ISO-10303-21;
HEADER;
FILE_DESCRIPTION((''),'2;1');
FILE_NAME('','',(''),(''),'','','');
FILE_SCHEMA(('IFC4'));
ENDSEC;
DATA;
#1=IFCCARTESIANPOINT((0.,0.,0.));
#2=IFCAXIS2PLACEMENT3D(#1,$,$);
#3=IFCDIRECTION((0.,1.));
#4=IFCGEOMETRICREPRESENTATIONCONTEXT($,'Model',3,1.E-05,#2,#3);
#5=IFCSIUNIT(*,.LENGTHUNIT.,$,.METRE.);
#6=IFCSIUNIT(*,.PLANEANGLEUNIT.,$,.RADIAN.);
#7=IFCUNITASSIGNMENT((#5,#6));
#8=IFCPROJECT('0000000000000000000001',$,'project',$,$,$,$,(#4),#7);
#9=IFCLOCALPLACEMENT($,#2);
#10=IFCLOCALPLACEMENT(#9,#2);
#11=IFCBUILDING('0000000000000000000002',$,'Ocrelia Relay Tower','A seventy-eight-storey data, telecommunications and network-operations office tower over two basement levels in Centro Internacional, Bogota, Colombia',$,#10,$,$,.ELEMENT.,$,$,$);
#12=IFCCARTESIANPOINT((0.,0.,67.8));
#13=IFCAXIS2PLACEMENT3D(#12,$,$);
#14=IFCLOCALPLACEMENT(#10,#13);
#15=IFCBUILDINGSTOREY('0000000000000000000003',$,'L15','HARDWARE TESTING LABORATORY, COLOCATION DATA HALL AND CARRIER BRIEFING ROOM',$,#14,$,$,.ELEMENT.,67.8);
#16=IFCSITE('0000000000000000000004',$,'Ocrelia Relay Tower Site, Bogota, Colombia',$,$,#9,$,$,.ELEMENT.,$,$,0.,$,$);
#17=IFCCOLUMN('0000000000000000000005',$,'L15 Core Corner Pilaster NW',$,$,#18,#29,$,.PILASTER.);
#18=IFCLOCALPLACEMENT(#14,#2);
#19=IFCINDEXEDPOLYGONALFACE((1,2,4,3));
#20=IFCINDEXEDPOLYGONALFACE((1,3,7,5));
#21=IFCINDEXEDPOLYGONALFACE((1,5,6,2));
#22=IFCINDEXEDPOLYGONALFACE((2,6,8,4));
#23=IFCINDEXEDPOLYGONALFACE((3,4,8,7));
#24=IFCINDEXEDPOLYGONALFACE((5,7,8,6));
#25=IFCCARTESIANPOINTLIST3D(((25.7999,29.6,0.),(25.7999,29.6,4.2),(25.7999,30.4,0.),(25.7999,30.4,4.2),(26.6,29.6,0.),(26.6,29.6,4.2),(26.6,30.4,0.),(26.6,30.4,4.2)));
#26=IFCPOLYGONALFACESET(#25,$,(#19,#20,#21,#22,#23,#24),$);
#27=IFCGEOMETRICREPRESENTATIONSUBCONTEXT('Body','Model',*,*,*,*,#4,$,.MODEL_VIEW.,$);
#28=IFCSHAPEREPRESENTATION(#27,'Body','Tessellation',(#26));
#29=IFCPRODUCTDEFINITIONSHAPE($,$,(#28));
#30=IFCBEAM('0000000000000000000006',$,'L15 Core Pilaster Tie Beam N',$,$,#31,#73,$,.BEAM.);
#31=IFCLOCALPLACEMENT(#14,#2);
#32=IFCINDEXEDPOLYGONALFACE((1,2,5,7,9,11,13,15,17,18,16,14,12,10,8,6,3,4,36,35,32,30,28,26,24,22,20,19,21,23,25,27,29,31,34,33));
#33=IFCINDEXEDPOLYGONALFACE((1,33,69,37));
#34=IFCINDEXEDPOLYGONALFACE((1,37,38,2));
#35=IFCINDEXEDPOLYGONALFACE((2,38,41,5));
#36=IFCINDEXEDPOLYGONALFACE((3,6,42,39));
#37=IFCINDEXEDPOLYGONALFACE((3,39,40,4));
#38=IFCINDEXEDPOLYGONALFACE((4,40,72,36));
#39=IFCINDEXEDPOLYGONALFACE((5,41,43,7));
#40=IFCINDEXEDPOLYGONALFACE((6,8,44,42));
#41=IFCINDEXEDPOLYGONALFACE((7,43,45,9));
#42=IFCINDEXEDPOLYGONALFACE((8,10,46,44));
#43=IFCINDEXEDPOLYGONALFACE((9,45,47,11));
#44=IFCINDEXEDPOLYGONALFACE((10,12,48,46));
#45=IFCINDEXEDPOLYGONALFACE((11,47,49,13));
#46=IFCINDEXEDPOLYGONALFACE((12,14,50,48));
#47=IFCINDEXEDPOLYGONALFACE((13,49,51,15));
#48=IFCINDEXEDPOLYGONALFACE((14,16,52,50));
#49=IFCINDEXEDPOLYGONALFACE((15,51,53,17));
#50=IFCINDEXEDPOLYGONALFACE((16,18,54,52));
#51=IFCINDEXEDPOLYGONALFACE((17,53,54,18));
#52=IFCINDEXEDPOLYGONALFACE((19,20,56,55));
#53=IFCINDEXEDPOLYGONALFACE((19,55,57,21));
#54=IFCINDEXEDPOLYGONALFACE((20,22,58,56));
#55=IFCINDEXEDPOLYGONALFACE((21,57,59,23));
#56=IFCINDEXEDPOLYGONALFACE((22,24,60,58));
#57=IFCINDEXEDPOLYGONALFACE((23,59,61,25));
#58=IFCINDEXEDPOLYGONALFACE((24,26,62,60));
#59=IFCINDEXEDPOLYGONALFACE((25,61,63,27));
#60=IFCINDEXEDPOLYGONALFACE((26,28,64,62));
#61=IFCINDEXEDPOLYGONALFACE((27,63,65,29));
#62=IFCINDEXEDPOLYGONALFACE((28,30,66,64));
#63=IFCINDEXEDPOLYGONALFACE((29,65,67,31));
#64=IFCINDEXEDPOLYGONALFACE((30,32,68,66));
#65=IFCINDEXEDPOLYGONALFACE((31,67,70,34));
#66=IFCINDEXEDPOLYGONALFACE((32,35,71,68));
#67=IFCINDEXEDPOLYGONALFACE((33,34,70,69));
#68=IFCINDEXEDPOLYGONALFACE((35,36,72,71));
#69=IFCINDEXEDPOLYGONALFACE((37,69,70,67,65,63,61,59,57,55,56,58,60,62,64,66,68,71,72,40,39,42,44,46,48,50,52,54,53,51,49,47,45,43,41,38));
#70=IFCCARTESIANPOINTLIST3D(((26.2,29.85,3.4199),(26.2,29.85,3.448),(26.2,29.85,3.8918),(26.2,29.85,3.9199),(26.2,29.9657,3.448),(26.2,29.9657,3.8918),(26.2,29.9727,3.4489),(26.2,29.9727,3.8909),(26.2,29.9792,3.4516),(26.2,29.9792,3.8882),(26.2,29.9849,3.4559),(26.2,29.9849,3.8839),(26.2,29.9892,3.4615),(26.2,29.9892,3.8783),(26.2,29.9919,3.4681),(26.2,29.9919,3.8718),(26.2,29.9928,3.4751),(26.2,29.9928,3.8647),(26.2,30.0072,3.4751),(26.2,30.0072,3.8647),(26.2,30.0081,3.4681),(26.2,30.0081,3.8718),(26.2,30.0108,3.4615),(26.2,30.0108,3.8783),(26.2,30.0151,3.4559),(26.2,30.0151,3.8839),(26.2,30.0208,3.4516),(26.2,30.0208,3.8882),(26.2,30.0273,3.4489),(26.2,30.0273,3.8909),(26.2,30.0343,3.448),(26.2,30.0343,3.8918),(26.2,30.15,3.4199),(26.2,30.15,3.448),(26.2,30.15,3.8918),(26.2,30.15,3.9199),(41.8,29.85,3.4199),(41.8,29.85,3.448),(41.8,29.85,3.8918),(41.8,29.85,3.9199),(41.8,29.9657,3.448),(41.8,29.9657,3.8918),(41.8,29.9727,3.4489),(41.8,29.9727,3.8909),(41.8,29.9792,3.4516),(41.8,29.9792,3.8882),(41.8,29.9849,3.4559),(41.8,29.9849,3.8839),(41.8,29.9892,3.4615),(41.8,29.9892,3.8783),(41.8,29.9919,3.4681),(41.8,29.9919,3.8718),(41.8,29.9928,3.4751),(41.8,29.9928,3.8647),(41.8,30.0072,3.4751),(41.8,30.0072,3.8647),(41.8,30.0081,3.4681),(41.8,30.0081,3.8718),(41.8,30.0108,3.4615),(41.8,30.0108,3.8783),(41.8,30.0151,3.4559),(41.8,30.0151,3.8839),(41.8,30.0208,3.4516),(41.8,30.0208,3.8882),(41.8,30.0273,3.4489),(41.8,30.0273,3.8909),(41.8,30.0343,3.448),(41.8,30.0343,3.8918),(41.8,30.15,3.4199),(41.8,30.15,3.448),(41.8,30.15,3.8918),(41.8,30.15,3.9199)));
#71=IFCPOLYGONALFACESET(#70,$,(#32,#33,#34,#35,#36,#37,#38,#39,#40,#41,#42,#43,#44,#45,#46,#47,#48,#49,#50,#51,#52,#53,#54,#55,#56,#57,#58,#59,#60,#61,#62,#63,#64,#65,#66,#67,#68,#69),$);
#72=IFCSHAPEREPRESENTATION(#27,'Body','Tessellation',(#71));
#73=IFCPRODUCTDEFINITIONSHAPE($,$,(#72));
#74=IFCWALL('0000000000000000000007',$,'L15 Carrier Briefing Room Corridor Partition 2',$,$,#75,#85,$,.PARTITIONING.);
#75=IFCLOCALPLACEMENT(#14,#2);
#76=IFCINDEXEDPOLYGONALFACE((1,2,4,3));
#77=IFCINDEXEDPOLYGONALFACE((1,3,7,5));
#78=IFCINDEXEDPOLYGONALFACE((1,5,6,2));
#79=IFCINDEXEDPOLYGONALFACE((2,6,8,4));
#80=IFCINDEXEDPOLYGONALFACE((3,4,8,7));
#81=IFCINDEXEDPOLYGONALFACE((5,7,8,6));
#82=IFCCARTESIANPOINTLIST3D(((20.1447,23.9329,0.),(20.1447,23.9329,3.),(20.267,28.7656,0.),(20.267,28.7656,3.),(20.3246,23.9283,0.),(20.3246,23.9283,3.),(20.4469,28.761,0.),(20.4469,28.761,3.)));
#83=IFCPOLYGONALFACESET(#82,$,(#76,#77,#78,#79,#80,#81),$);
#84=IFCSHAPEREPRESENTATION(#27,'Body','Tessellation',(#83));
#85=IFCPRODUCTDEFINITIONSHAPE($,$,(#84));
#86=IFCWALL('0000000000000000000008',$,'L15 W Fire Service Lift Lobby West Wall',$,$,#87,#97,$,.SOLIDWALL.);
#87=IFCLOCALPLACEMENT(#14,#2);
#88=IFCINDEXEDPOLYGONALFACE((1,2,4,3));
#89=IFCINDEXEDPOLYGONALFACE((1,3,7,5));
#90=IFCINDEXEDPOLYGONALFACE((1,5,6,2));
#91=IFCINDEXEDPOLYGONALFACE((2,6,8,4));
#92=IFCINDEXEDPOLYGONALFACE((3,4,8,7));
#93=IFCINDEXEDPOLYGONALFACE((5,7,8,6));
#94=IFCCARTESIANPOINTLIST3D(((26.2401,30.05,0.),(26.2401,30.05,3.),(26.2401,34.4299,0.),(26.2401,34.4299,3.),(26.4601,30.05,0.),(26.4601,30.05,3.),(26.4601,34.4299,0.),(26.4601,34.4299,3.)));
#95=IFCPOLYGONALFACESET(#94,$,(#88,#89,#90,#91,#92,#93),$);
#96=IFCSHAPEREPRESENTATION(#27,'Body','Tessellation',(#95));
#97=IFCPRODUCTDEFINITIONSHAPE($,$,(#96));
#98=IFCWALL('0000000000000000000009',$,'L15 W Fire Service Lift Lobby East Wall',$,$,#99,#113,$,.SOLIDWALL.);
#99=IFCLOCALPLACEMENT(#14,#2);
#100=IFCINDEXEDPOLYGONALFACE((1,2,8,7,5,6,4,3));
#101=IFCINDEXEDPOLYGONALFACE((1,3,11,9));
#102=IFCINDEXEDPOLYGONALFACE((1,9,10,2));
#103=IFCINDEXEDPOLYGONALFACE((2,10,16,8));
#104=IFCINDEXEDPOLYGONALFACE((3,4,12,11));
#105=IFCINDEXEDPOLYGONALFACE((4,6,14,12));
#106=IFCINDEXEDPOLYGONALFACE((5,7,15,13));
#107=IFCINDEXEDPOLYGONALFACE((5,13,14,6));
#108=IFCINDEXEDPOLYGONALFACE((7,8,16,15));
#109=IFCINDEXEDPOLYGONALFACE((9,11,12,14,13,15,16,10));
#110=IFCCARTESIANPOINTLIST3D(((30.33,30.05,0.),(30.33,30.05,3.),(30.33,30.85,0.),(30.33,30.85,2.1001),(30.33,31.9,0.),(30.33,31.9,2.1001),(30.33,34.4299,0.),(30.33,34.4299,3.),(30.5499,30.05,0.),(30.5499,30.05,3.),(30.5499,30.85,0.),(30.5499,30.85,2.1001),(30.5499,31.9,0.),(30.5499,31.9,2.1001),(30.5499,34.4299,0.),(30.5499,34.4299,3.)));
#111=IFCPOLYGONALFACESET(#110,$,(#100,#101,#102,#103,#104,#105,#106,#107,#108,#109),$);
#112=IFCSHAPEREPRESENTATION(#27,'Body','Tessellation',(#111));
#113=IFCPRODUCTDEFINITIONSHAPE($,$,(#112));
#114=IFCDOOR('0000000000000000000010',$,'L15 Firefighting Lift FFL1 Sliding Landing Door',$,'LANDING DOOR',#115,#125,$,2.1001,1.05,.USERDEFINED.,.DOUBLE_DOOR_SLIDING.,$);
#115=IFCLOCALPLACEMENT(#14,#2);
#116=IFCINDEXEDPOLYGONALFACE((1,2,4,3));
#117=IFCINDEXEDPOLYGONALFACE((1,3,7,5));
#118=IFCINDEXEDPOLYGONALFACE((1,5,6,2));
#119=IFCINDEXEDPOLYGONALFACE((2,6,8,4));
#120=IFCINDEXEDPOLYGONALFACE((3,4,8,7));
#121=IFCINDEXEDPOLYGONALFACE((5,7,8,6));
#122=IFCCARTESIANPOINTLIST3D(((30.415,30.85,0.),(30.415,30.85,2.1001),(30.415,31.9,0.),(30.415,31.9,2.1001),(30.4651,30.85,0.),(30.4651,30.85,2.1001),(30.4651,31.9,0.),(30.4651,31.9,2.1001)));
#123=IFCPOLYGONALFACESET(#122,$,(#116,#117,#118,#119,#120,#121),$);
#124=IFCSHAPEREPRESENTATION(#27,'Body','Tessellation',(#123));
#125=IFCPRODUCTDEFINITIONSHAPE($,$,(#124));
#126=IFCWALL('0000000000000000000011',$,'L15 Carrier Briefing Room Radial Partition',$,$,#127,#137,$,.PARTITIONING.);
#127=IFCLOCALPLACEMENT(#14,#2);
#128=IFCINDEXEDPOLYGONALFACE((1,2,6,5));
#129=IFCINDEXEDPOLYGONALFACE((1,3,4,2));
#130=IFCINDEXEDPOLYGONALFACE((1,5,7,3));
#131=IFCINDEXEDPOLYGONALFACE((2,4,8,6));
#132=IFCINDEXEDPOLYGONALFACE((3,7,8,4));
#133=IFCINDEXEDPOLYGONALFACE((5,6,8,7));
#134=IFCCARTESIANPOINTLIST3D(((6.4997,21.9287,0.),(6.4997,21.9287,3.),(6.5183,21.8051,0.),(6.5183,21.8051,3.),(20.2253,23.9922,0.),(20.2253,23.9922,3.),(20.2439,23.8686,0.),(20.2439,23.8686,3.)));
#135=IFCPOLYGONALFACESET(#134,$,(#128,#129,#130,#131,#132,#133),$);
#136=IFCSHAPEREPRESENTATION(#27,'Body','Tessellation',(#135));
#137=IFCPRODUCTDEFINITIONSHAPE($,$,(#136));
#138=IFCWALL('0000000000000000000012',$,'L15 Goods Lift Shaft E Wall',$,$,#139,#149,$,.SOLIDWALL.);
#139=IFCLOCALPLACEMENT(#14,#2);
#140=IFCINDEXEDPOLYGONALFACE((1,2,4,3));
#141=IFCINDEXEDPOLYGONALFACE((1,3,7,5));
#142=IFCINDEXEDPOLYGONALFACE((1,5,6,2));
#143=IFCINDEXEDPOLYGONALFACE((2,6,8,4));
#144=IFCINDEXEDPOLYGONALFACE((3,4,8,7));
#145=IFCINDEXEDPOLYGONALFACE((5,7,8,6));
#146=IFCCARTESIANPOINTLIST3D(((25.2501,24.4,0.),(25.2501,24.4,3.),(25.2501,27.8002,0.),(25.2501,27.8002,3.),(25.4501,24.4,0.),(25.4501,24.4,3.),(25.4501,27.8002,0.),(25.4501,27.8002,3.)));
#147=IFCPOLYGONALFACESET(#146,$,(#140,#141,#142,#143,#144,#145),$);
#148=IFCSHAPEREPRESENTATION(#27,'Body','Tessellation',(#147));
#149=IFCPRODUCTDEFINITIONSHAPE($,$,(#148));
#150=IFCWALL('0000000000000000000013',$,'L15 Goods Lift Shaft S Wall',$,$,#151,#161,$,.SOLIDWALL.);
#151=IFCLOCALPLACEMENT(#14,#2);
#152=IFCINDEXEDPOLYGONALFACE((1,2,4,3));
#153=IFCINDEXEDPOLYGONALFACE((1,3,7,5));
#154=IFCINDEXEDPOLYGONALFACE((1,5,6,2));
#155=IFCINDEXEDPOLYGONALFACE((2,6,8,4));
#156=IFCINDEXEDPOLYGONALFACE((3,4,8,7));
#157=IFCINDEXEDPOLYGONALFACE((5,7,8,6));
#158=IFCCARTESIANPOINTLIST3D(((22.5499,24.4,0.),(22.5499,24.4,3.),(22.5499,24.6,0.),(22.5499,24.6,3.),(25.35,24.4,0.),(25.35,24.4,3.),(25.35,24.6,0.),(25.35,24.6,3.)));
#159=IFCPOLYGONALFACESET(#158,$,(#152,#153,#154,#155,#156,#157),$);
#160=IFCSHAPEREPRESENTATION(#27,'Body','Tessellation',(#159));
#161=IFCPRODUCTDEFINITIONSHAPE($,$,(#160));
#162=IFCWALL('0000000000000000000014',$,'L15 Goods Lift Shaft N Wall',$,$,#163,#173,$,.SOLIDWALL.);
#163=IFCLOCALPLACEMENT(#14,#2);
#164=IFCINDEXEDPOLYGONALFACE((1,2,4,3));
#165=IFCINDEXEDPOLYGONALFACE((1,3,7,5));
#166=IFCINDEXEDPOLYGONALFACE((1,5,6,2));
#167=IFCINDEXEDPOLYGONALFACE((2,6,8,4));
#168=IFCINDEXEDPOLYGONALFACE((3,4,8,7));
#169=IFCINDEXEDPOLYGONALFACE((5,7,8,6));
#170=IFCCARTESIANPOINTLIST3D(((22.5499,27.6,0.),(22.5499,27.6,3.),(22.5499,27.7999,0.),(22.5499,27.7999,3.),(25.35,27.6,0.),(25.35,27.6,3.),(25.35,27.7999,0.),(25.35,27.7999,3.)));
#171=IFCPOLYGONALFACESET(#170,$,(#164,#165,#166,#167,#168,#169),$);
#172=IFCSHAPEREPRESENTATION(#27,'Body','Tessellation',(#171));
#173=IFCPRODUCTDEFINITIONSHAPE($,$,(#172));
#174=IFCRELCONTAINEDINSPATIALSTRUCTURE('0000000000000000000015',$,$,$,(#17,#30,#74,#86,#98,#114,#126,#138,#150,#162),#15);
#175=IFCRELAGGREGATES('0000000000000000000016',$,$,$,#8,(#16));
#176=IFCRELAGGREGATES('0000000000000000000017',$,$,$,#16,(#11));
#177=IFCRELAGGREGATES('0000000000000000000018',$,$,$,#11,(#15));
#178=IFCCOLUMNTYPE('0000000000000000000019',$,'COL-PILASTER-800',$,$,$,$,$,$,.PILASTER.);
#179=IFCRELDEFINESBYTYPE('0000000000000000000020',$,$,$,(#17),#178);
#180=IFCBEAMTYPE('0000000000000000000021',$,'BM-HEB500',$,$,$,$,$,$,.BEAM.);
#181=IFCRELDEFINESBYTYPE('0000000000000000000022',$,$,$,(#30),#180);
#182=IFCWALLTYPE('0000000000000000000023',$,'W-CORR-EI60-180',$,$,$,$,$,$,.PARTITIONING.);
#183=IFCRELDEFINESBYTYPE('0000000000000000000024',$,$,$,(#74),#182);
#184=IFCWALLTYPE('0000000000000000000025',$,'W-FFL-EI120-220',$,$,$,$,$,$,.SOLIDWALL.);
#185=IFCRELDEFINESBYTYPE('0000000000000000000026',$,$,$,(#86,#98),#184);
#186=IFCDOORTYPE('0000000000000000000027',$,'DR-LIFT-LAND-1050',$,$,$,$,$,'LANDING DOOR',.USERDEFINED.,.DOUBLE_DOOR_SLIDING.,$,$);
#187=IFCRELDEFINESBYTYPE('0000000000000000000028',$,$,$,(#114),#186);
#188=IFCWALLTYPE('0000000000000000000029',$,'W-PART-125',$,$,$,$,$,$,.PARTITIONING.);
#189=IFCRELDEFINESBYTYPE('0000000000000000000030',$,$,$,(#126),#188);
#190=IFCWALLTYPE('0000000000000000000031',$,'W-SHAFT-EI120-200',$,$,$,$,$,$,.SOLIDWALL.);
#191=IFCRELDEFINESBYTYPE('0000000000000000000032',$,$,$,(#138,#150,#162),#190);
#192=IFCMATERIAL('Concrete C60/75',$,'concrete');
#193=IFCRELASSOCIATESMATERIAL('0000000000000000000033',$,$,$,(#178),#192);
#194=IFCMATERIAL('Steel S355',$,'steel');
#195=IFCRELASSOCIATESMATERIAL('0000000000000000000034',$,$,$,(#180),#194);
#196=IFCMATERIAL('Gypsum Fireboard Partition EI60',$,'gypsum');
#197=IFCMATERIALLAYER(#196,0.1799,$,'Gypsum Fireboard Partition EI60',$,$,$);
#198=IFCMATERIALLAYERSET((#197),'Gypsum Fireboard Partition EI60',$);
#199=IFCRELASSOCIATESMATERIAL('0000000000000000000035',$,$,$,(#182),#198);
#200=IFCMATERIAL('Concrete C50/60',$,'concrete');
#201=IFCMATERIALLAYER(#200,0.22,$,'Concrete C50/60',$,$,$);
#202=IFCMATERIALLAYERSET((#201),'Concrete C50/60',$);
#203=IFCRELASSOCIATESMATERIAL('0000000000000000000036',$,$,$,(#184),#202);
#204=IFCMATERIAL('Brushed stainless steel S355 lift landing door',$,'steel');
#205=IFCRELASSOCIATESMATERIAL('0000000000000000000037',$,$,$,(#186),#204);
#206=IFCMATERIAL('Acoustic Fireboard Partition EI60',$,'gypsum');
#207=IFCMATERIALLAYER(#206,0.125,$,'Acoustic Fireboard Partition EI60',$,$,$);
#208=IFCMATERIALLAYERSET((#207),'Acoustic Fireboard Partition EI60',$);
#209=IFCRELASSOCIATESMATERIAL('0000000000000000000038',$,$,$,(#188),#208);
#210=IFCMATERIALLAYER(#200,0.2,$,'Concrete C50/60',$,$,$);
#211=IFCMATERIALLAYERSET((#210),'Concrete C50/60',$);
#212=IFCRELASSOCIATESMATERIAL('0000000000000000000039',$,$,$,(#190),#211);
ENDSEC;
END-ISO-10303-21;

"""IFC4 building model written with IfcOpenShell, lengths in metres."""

from ifc_helpers import new_model, si_unit, direction, frame, frame_2d, origin, origin_2d, place, context, subcontext, project, spatial, rectangle, i_section, extrude, material, layer, layer_set, material_profile, profile_set, type_object, element, fill, save


model = new_model("IFC4")

# Units and contexts
model_context = context("Model", 3, precision=1e-05, world=origin(), true_north=direction((0.0, 1.0)))
body_context = subcontext(model_context, "Body", "Model", "MODEL_VIEW")
ifc_project = project(units=[si_unit("LENGTHUNIT", "METRE"), si_unit("PLANEANGLEUNIT", "RADIAN")], contexts=[model_context])

# Site, building, storey
site_placement = place(None, origin())
site = spatial("IfcSite", under=ifc_project, at=site_placement, Name="Ocrelia Relay Tower Site, Bogota, Colombia", CompositionType="ELEMENT", RefElevation=0.0)
building_placement = place(site_placement, origin())
building = spatial("IfcBuilding", under=site, at=building_placement, Name="Ocrelia Relay Tower", Description="A seventy-eight-storey data, telecommunications and network-operations office tower over two basement levels in Centro Internacional, Bogota, Colombia", CompositionType="ELEMENT")
storey_placement = place(building_placement, frame((0.0, 0.0, 67.8)))
storey = spatial("IfcBuildingStorey", under=building, at=storey_placement, Name="L15", Description="HARDWARE TESTING LABORATORY, COLOCATION DATA HALL AND CARRIER BRIEFING ROOM", CompositionType="ELEMENT", Elevation=67.8)

# Column
ifc_material_1 = material(Name="Concrete C60/75", Category="concrete")
ifc_material_profile_1 = material_profile(ifc_material_1, rectangle(XDim=0.8, YDim=0.8, at=origin_2d()), Name="RC-COL-800x800")
ifc_profile_set_1 = profile_set([ifc_material_profile_1], Name="Concrete C60/75")
column_type = type_object("IfcColumnType", Name="COL-PILASTER-800", PredefinedType="PILASTER", material=ifc_profile_set_1)
column_placement = place(storey_placement, frame((26.2, 30.0, 0.0), z_axis=(0.0, 0.0, 1.0), x_axis=(1.0, 0.0, 0.0)))
element("IfcColumn", 1, at=column_placement, inside=storey, type_object=column_type, Name="L15 Core Corner Pilaster NW", PredefinedType="PILASTER", context=body_context, shape_type="SweptSolid", body=[
    extrude(rectangle(XDim=0.8, YDim=0.8, at=origin_2d()), origin(), (0.0, 0.0, 1.0), 4.2),
])

# Beam
ifc_material_2 = material(Name="Steel S355", Category="steel")
ifc_material_profile_2 = material_profile(ifc_material_2, i_section(OverallWidth=0.3, OverallDepth=0.5, WebThickness=0.0144, FlangeThickness=0.0281, FilletRadius=0.0271, at=origin_2d()), Name="HEB 500")
ifc_profile_set_2 = profile_set([ifc_material_profile_2], Name="Steel S355")
beam_type = type_object("IfcBeamType", Name="BM-HEB500", PredefinedType="BEAM", material=ifc_profile_set_2)
beam_placement = place(storey_placement, frame((26.2, 30.0, 3.6699), z_axis=(1.0, 0.0, 0.0), x_axis=(0.0, 1.0, 0.0)))
element("IfcBeam", 2, at=beam_placement, inside=storey, type_object=beam_type, Name="L15 Core Pilaster Tie Beam N", PredefinedType="BEAM", context=body_context, shape_type="SweptSolid", body=[
    extrude(i_section(OverallWidth=0.3, OverallDepth=0.5, WebThickness=0.0144, FlangeThickness=0.0281, FilletRadius=0.0271, at=origin_2d()), origin(), (0.0, 0.0, 1.0), 15.6001),
])

# Wall
ifc_material_3 = material(Name="Gypsum Fireboard Partition EI60", Category="gypsum")
ifc_layer_1 = layer(ifc_material_3, 0.1799, Name="Gypsum Fireboard Partition EI60")
ifc_layer_set_1 = layer_set([ifc_layer_1], Name="Gypsum Fireboard Partition EI60")
wall_type_1 = type_object("IfcWallType", Name="W-CORR-EI60-180", PredefinedType="PARTITIONING", material=ifc_layer_set_1)
wall_1_placement = place(storey_placement, frame((20.3569, 28.7632, 0.0), z_axis=(0.0, 0.0, 1.0), x_axis=(-0.025301, -0.99968, 0.0)))
element("IfcWall", 3, at=wall_1_placement, inside=storey, type_object=wall_type_1, Name="L15 Carrier Briefing Room Corridor Partition 2", PredefinedType="PARTITIONING", context=body_context, shape_type="SweptSolid", body=[
    extrude(rectangle(XDim=4.8342, YDim=0.1799, at=frame_2d((2.417, 0.0))), origin(), (0.0, 0.0, 1.0), 3.0),
])

# Wall
ifc_material_4 = material(Name="Concrete C50/60", Category="concrete")
ifc_layer_2 = layer(ifc_material_4, 0.22, Name="Concrete C50/60")
ifc_layer_set_2 = layer_set([ifc_layer_2], Name="Concrete C50/60")
wall_type_2 = type_object("IfcWallType", Name="W-FFL-EI120-220", PredefinedType="SOLIDWALL", material=ifc_layer_set_2)
wall_2_placement = place(storey_placement, frame((26.3501, 30.05, 0.0), z_axis=(0.0, 0.0, 1.0), x_axis=(0.0, 1.0, 0.0)))
element("IfcWall", 4, at=wall_2_placement, inside=storey, type_object=wall_type_2, Name="L15 W Fire Service Lift Lobby West Wall", PredefinedType="SOLIDWALL", context=body_context, shape_type="SweptSolid", body=[
    extrude(rectangle(XDim=4.3799, YDim=0.22, at=frame_2d((2.1899, 0.0))), origin(), (0.0, 0.0, 1.0), 3.0),
])

# Wall, opening, door
wall_3_placement = place(storey_placement, frame((30.4399, 30.05, 0.0), z_axis=(0.0, 0.0, 1.0), x_axis=(0.0, 1.0, 0.0)))
wall_3 = element("IfcWall", 5, at=wall_3_placement, inside=storey, type_object=wall_type_2, Name="L15 W Fire Service Lift Lobby East Wall", PredefinedType="SOLIDWALL", context=body_context, shape_type="SweptSolid", body=[
    extrude(rectangle(XDim=4.3799, YDim=0.22, at=frame_2d((2.1899, 0.0))), origin(), (0.0, 0.0, 1.0), 3.0),
])
opening_1_placement = place(wall_3_placement, frame((0.8, 0.0, 0.0)))
opening_1 = element("IfcOpeningElement", 6, at=opening_1_placement, cuts=wall_3, PredefinedType="OPENING", context=body_context, shape_type="SweptSolid", body=[
    extrude(rectangle(XDim=1.05, YDim=2.1001, at=frame_2d((0.5249, 1.05))), frame((0.0, 0.1201, 0.0), z_axis=(0.0, -1.0, 0.0), x_axis=(1.0, 0.0, 0.0)), (0.0, 0.0, 1.0), 0.24),
])
ifc_material_5 = material(Name="Brushed stainless steel S355 lift landing door", Category="steel")
door_type_1 = type_object("IfcDoorType", Name="DR-LIFT-LAND-1050", ElementType="LANDING DOOR", OperationType="DOUBLE_DOOR_SLIDING", PredefinedType="USERDEFINED", material=ifc_material_5)
door_1_placement = place(opening_1_placement, origin())
door_1 = element("IfcDoor", 7, at=door_1_placement, inside=storey, type_object=door_type_1, Name="L15 Firefighting Lift FFL1 Sliding Landing Door", ObjectType="LANDING DOOR", OperationType="DOUBLE_DOOR_SLIDING", OverallHeight=2.1001, OverallWidth=1.05, PredefinedType="USERDEFINED", context=body_context, shape_type="SweptSolid", body=[
    extrude(rectangle(XDim=1.05, YDim=2.1001, at=frame_2d((0.5249, 1.05))), frame((0.0, 0.0249, 0.0), z_axis=(0.0, -1.0, 0.0), x_axis=(1.0, 0.0, 0.0)), (0.0, 0.0, 1.0), 0.05),
])
fill(opening_1, door_1)

# Wall
ifc_material_6 = material(Name="Acoustic Fireboard Partition EI60", Category="gypsum")
ifc_layer_3 = layer(ifc_material_6, 0.125, Name="Acoustic Fireboard Partition EI60")
ifc_layer_set_3 = layer_set([ifc_layer_3], Name="Acoustic Fireboard Partition EI60")
wall_type_3 = type_object("IfcWallType", Name="W-PART-125", PredefinedType="PARTITIONING", material=ifc_layer_set_3)
wall_4_placement = place(storey_placement, frame((20.2346, 23.9304, 0.0), z_axis=(0.0, 0.0, 1.0), x_axis=(-0.988887, -0.148667, 0.0)))
element("IfcWall", 8, at=wall_4_placement, inside=storey, type_object=wall_type_3, Name="L15 Carrier Briefing Room Radial Partition", PredefinedType="PARTITIONING", context=body_context, shape_type="SweptSolid", body=[
    extrude(rectangle(XDim=13.8799, YDim=0.125, at=frame_2d((6.9399, 0.0))), origin(), (0.0, 0.0, 1.0), 3.0),
])

# Shared definitions
ifc_layer_4 = layer(ifc_material_4, 0.2, Name="Concrete C50/60")
ifc_layer_set_4 = layer_set([ifc_layer_4], Name="Concrete C50/60")
wall_type_4 = type_object("IfcWallType", Name="W-SHAFT-EI120-200", PredefinedType="SOLIDWALL", material=ifc_layer_set_4)

# Walls
wall_5_placement = place(storey_placement, frame((25.3501, 24.3999, 0.0), z_axis=(0.0, 0.0, 1.0), x_axis=(0.0, 1.0, 0.0)))
element("IfcWall", 9, at=wall_5_placement, inside=storey, type_object=wall_type_4, Name="L15 Goods Lift Shaft E Wall", PredefinedType="SOLIDWALL", context=body_context, shape_type="SweptSolid", body=[
    extrude(rectangle(XDim=3.4001, YDim=0.2, at=frame_2d((1.7002, 0.0))), origin(), (0.0, 0.0, 1.0), 3.0),
])
for number, where, z_axis, x_axis, name in (
    (10, (22.55, 24.5, 0.0), (0.0, 0.0, 1.0), (1.0, 0.0, 0.0), "L15 Goods Lift Shaft S Wall"),
    (11, (22.55, 27.7, 0.0), (0.0, 0.0, 1.0), (1.0, 0.0, 0.0), "L15 Goods Lift Shaft N Wall"),
):
    element("IfcWall", number, at=place(storey_placement, frame(where, z_axis=z_axis, x_axis=x_axis)), inside=storey, type_object=wall_type_4, Name=name, PredefinedType="SOLIDWALL", context=body_context, shape_type="SweptSolid", body=[
        extrude(rectangle(XDim=2.8, YDim=0.2, at=frame_2d((1.3999, 0.0))), origin(), (0.0, 0.0, 1.0), 3.0),
    ])

save(model, "model.ifc")
